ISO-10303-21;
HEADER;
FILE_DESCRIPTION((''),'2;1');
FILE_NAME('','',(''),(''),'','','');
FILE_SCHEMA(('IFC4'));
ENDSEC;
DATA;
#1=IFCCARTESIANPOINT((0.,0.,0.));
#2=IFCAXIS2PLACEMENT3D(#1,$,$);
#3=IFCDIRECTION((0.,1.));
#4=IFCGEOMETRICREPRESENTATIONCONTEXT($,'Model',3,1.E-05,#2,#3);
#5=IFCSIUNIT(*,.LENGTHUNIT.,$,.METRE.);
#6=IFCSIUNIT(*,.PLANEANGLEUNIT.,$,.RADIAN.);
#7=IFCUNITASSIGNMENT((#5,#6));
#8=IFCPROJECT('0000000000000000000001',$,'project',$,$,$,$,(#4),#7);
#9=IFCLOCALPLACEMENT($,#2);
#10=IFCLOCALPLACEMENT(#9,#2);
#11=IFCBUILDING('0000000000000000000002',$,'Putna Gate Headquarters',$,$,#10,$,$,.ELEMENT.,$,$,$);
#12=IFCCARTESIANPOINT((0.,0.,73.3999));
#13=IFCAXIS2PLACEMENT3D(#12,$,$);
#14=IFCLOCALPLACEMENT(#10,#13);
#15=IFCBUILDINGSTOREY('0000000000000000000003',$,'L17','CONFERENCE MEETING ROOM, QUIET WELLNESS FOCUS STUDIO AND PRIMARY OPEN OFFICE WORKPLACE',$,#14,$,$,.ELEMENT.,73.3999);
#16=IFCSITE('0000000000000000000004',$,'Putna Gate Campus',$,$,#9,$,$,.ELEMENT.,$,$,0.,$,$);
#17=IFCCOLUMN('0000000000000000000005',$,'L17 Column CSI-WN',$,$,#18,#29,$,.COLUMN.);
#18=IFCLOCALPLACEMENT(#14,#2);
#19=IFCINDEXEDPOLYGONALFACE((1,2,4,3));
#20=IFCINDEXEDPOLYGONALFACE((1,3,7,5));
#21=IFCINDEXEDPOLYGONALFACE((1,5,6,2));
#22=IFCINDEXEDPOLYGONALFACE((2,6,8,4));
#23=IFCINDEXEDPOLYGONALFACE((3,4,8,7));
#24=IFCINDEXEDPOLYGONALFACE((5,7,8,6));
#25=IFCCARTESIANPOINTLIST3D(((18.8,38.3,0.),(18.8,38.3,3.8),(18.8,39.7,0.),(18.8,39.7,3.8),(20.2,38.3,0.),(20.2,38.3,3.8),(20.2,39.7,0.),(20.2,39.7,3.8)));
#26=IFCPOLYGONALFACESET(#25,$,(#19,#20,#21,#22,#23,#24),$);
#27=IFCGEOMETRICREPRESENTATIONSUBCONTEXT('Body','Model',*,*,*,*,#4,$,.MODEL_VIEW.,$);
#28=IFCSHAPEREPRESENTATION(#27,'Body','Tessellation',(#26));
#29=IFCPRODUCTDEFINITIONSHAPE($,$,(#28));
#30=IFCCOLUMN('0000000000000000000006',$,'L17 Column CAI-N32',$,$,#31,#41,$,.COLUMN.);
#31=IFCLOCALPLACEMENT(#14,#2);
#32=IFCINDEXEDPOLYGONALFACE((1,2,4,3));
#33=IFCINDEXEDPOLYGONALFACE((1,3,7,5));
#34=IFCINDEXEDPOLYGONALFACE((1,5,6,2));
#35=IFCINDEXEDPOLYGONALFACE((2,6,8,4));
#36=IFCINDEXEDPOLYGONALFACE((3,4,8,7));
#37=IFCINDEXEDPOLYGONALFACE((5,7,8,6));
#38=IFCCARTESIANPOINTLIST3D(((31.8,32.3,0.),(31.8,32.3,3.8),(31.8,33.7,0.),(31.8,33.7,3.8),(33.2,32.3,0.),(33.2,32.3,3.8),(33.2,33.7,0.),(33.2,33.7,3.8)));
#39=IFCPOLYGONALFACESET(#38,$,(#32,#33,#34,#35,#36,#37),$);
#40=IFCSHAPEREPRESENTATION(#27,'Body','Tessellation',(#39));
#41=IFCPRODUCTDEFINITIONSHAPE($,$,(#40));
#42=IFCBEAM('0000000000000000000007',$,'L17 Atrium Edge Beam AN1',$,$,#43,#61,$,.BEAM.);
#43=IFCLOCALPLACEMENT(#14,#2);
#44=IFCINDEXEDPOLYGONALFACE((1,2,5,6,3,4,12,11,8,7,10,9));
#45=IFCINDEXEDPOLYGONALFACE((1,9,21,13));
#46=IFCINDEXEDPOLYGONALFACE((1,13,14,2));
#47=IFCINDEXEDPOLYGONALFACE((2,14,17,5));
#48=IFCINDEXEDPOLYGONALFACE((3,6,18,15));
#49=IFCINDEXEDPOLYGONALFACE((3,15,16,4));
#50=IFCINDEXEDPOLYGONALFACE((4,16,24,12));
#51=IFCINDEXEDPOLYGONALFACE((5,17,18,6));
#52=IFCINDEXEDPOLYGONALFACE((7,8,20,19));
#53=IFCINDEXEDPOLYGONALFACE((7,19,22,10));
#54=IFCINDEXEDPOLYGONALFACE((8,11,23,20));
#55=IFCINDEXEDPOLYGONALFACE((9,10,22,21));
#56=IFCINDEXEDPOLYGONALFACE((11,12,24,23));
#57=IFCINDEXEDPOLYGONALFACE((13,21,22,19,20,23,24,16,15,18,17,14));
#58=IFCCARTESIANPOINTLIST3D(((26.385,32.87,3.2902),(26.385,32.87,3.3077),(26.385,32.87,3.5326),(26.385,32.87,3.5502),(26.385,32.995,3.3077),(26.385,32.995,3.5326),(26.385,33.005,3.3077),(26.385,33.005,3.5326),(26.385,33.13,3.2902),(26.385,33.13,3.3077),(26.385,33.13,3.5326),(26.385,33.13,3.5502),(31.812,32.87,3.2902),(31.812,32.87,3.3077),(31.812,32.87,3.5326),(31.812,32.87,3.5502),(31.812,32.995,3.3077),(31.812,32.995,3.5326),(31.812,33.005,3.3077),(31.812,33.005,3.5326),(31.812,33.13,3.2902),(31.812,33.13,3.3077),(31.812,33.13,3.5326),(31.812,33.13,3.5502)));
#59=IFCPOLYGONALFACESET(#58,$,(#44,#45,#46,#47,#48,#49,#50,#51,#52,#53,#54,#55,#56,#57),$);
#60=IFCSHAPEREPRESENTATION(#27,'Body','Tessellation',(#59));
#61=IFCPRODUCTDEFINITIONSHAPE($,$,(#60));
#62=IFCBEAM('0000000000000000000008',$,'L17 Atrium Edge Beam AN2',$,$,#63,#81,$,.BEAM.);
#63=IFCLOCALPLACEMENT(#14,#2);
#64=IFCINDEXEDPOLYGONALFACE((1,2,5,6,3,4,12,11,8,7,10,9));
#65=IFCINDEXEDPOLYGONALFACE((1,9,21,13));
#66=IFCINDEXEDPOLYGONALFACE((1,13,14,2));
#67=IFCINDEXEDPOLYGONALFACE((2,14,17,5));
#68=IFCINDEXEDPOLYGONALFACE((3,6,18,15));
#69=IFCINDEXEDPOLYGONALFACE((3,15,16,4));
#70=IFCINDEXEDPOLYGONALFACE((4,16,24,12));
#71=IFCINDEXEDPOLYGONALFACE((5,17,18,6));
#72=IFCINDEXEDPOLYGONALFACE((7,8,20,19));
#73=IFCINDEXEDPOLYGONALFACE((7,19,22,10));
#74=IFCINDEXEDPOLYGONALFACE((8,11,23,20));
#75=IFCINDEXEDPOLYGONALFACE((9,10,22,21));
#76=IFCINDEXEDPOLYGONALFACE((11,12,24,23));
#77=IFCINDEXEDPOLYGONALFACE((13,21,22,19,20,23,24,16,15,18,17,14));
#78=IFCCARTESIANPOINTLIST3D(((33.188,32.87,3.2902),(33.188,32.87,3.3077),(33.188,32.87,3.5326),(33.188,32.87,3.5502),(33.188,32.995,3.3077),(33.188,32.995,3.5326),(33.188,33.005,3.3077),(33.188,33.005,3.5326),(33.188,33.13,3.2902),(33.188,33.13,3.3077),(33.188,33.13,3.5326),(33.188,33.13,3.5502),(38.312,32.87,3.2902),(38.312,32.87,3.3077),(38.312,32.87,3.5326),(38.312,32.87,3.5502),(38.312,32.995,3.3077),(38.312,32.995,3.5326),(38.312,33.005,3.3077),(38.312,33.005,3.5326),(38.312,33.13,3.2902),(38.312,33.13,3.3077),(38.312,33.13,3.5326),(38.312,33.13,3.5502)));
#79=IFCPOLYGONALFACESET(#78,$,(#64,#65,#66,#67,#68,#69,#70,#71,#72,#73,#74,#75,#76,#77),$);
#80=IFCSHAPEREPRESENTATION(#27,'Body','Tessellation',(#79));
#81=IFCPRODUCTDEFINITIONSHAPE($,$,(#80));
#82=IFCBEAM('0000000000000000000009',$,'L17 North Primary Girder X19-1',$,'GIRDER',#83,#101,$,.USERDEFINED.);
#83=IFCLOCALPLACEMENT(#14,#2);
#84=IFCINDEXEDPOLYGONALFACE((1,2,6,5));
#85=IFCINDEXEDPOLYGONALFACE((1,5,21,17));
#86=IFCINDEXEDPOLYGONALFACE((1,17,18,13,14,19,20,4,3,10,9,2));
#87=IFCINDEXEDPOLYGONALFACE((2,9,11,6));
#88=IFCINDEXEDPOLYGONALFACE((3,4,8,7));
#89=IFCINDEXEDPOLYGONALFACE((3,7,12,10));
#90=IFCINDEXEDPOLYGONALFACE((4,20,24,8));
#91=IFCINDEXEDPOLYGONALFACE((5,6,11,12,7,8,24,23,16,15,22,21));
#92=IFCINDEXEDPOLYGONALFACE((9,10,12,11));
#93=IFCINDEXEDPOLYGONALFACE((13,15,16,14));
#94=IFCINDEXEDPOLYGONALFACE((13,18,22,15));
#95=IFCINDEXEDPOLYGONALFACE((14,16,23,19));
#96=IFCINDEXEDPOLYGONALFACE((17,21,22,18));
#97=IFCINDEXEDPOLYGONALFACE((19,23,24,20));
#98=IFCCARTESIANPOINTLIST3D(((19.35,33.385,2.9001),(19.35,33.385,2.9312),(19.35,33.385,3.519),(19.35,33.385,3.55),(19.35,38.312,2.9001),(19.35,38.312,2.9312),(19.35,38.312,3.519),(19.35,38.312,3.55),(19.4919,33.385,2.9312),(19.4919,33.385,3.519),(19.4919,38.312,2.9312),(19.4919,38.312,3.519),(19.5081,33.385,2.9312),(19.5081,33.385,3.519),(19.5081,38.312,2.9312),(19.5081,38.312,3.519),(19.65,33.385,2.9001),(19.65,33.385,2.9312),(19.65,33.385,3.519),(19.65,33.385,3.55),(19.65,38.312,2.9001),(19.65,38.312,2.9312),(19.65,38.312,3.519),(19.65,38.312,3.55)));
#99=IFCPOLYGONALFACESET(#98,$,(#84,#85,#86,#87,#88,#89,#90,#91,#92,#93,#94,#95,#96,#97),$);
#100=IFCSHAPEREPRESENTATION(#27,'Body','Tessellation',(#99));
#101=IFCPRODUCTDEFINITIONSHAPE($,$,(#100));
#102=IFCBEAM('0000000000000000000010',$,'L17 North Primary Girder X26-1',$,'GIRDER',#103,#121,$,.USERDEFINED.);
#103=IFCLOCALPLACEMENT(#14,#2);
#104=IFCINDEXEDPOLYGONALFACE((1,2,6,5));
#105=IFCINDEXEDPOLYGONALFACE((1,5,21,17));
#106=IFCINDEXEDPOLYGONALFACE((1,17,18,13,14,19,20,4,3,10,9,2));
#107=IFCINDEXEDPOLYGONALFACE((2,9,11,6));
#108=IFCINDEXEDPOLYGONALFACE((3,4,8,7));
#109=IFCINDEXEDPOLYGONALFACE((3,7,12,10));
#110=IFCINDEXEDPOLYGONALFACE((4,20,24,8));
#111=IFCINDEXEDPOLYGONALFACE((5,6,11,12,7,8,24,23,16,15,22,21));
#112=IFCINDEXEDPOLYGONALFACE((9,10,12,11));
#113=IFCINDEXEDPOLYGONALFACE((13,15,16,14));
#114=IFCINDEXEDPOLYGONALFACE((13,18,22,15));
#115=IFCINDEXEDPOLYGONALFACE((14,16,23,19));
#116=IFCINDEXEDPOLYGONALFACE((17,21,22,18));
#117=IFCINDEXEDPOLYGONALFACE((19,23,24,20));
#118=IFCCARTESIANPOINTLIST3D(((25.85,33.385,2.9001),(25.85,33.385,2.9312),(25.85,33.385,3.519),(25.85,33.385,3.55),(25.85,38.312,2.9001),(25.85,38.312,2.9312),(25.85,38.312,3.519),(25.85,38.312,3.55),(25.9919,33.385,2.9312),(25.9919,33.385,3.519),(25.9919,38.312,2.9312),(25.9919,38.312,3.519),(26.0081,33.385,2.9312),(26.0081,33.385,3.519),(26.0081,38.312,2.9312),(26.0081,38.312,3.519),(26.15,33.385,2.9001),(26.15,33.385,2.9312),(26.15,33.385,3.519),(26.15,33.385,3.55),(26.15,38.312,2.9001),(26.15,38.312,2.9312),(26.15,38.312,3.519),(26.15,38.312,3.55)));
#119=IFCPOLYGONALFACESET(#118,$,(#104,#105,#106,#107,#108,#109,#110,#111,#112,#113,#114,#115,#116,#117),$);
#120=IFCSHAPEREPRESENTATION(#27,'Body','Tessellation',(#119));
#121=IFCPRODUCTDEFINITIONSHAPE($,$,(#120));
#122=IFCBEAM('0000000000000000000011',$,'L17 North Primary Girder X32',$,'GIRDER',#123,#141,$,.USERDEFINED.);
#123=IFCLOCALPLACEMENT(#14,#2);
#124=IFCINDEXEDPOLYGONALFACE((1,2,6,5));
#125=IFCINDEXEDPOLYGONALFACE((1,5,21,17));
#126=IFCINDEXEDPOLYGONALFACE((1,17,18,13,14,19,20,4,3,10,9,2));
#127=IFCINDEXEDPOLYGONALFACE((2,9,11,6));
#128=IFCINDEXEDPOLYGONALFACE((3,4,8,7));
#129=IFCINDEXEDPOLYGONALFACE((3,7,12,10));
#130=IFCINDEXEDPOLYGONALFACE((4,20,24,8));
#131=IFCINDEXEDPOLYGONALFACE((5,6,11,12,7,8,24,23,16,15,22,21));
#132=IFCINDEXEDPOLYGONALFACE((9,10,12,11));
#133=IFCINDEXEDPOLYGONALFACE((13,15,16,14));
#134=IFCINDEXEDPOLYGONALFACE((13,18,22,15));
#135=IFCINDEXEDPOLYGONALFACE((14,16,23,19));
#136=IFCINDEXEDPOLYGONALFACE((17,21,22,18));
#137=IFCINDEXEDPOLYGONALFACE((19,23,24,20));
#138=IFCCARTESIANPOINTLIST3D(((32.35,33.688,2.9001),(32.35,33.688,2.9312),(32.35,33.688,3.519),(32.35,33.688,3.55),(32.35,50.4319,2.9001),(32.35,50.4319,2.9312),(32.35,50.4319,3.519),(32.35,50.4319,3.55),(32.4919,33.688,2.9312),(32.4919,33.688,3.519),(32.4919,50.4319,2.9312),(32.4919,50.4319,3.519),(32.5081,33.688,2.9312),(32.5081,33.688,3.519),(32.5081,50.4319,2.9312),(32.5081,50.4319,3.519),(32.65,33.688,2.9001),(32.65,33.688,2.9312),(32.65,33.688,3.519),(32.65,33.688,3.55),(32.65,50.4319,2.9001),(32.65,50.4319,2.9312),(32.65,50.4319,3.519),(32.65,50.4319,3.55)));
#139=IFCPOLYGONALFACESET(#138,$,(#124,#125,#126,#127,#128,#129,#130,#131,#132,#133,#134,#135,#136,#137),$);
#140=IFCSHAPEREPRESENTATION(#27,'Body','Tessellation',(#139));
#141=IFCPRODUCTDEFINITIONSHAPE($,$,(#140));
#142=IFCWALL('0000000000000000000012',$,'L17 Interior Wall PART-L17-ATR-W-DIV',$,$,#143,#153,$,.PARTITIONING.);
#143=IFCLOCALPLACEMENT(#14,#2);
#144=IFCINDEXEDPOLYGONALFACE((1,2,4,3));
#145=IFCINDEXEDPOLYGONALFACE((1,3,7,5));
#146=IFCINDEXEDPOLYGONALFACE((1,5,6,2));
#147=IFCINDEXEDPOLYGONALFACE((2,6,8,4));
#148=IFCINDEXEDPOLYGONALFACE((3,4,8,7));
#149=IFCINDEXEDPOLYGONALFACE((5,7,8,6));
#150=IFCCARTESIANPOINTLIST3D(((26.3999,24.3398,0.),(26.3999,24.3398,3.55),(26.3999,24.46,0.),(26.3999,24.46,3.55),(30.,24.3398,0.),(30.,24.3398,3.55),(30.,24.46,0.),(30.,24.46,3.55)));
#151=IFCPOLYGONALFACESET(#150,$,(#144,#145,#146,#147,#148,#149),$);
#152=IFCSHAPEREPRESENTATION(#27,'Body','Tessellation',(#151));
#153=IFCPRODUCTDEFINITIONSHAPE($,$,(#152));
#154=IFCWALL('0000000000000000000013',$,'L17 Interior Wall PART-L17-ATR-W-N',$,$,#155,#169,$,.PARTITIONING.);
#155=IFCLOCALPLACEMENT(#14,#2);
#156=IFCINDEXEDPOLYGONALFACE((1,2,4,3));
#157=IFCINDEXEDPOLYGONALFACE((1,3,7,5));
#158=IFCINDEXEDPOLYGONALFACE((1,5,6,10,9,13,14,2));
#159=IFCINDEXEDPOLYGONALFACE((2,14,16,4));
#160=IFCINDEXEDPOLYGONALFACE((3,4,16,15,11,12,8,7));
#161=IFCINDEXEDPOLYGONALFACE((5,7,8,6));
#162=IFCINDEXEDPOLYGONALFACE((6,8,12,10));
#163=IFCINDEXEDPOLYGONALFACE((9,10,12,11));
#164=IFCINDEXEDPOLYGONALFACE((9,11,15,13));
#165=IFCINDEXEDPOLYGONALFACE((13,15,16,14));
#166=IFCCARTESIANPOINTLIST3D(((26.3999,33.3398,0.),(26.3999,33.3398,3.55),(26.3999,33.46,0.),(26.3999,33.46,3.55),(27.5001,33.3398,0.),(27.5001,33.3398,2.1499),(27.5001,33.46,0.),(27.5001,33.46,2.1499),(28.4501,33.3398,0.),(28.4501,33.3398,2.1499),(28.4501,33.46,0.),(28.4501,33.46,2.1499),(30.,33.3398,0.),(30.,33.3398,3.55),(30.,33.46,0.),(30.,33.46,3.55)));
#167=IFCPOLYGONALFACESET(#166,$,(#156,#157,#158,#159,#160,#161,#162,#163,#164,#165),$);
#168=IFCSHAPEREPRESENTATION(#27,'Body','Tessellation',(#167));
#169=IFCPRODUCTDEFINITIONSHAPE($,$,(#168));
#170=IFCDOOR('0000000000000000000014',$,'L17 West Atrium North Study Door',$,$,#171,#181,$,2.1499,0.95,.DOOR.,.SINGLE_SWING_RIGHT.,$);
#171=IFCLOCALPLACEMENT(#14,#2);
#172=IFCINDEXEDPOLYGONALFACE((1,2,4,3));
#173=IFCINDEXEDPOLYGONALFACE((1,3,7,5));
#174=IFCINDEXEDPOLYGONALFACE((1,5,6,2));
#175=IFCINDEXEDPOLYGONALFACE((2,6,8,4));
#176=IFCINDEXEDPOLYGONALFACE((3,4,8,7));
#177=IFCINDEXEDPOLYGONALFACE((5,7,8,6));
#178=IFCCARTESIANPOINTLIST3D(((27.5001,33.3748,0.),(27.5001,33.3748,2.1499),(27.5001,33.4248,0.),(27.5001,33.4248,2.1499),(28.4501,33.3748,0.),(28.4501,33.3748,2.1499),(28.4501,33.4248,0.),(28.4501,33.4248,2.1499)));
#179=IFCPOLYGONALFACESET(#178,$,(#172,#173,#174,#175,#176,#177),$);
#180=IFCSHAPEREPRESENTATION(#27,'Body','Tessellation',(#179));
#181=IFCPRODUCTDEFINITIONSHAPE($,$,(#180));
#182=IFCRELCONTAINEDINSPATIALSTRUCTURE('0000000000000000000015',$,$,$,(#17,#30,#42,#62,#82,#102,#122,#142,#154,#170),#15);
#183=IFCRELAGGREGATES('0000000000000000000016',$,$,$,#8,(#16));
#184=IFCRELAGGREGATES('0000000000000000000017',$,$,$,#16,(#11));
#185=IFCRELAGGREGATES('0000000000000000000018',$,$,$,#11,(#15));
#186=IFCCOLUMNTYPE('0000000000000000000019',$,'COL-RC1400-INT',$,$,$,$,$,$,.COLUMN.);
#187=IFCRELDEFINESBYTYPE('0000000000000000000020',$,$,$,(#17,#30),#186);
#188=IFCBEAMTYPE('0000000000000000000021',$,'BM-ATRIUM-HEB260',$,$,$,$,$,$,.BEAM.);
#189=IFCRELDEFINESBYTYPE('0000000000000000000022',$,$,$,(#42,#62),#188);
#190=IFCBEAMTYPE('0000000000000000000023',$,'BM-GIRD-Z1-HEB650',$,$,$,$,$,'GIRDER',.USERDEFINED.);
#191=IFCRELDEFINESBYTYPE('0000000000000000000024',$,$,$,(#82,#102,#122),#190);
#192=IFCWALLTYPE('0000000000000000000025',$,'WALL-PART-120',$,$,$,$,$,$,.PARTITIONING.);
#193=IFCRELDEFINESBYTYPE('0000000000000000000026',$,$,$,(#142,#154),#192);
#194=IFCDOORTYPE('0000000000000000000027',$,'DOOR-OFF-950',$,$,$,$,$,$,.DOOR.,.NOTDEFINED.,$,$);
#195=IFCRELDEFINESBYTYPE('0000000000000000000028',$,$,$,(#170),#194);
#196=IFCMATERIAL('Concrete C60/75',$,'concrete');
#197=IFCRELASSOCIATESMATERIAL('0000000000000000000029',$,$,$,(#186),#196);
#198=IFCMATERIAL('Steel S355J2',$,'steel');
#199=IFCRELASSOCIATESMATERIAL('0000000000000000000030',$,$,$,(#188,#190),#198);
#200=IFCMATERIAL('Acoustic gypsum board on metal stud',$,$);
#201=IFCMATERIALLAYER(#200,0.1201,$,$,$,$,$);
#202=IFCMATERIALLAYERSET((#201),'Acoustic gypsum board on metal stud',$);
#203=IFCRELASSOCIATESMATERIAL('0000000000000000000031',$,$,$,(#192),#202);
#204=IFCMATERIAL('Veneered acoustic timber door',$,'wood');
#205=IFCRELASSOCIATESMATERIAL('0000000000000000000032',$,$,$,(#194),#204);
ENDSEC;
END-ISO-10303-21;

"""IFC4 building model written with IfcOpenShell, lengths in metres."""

from ifc_helpers import new_model, si_unit, direction, frame, frame_2d, origin, origin_2d, place, context, subcontext, project, spatial, rectangle, i_section, extrude, material, layer, layer_set, material_profile, profile_set, type_object, element, fill, save


model = new_model("IFC4")

# Units and contexts
model_context = context("Model", 3, precision=1e-05, world=origin(), true_north=direction((0.0, 1.0)))
body_context = subcontext(model_context, "Body", "Model", "MODEL_VIEW")
ifc_project = project(units=[si_unit("LENGTHUNIT", "METRE"), si_unit("PLANEANGLEUNIT", "RADIAN")], contexts=[model_context])

# Site, building, storey
site_placement = place(None, origin())
site = spatial("IfcSite", under=ifc_project, at=site_placement, Name="Putna Gate Campus", CompositionType="ELEMENT", RefElevation=0.0)
building_placement = place(site_placement, origin())
building = spatial("IfcBuilding", under=site, at=building_placement, Name="Putna Gate Headquarters", CompositionType="ELEMENT")
storey_placement = place(building_placement, frame((0.0, 0.0, 73.3999)))
storey = spatial("IfcBuildingStorey", under=building, at=storey_placement, Name="L17", Description="CONFERENCE MEETING ROOM, QUIET WELLNESS FOCUS STUDIO AND PRIMARY OPEN OFFICE WORKPLACE", CompositionType="ELEMENT", Elevation=73.3999)

# Columns
ifc_material_1 = material(Name="Concrete C60/75", Category="concrete")
ifc_material_profile_1 = material_profile(ifc_material_1, rectangle(XDim=1.3999, YDim=1.3999, at=origin_2d()), Name="Concrete C60/75")
ifc_profile_set_1 = profile_set([ifc_material_profile_1], Name="Concrete C60/75")
column_type = type_object("IfcColumnType", Name="COL-RC1400-INT", PredefinedType="COLUMN", material=ifc_profile_set_1)
for number, where, z_axis, x_axis, name in (
    (1, (19.5, 39.0, 0.0), (0.0, 0.0, 1.0), (1.0, 0.0, 0.0), "L17 Column CSI-WN"),
    (2, (32.5, 33.0, 0.0), (0.0, 0.0, 1.0), (1.0, 0.0, 0.0), "L17 Column CAI-N32"),
):
    element("IfcColumn", number, at=place(storey_placement, frame(where, z_axis=z_axis, x_axis=x_axis)), inside=storey, type_object=column_type, Name=name, PredefinedType="COLUMN", context=body_context, shape_type="SweptSolid", body=[
        extrude(rectangle(XDim=1.3999, YDim=1.3999, at=origin_2d()), origin(), (0.0, 0.0, 1.0), 3.8),
    ])

# Beams
ifc_material_2 = material(Name="Steel S355J2", Category="steel")
ifc_material_profile_2 = material_profile(ifc_material_2, i_section(OverallWidth=0.26, OverallDepth=0.26, WebThickness=0.01, FlangeThickness=0.0176, at=origin_2d()), Name="Steel S355J2")
ifc_profile_set_2 = profile_set([ifc_material_profile_2], Name="Steel S355J2")
beam_type_1 = type_object("IfcBeamType", Name="BM-ATRIUM-HEB260", PredefinedType="BEAM", material=ifc_profile_set_2)
beam_1_placement = place(storey_placement, frame((26.385, 33.0, 3.4202), z_axis=(1.0, 0.0, 0.0), x_axis=(0.0, 1.0, 0.0)))
element("IfcBeam", 3, at=beam_1_placement, inside=storey, type_object=beam_type_1, Name="L17 Atrium Edge Beam AN1", PredefinedType="BEAM", context=body_context, shape_type="SweptSolid", body=[
    extrude(i_section(OverallWidth=0.26, OverallDepth=0.26, WebThickness=0.01, FlangeThickness=0.0176, at=origin_2d()), origin(), (0.0, 0.0, 1.0), 5.427),
])
beam_2_placement = place(storey_placement, frame((33.188, 33.0, 3.4202), z_axis=(1.0, 0.0, 0.0), x_axis=(0.0, 1.0, 0.0)))
element("IfcBeam", 4, at=beam_2_placement, inside=storey, type_object=beam_type_1, Name="L17 Atrium Edge Beam AN2", PredefinedType="BEAM", context=body_context, shape_type="SweptSolid", body=[
    extrude(i_section(OverallWidth=0.26, OverallDepth=0.26, WebThickness=0.01, FlangeThickness=0.0176, at=origin_2d()), origin(), (0.0, 0.0, 1.0), 5.124),
])
ifc_material_profile_3 = material_profile(ifc_material_2, i_section(OverallWidth=0.3, OverallDepth=0.6499, WebThickness=0.0161, FlangeThickness=0.031, at=origin_2d()), Name="Steel S355J2")
ifc_profile_set_3 = profile_set([ifc_material_profile_3], Name="Steel S355J2")
beam_type_2 = type_object("IfcBeamType", Name="BM-GIRD-Z1-HEB650", ElementType="GIRDER", PredefinedType="USERDEFINED", material=ifc_profile_set_3)
for number, where, z_axis, x_axis, name in (
    (5, (19.5, 33.385, 3.2251), (0.0, 1.0, 0.0), (-1.0, 0.0, 0.0), "L17 North Primary Girder X19-1"),
    (6, (26.0, 33.385, 3.2251), (0.0, 1.0, 0.0), (-1.0, 0.0, 0.0), "L17 North Primary Girder X26-1"),
):
    element("IfcBeam", number, at=place(storey_placement, frame(where, z_axis=z_axis, x_axis=x_axis)), inside=storey, type_object=beam_type_2, Name=name, ObjectType="GIRDER", PredefinedType="USERDEFINED", context=body_context, shape_type="SweptSolid", body=[
        extrude(i_section(OverallWidth=0.3, OverallDepth=0.6499, WebThickness=0.0161, FlangeThickness=0.031, at=origin_2d()), origin(), (0.0, 0.0, 1.0), 4.927),
    ])
beam_3_placement = place(storey_placement, frame((32.5, 33.688, 3.2251), z_axis=(0.0, 1.0, 0.0), x_axis=(-1.0, 0.0, 0.0)))
element("IfcBeam", 7, at=beam_3_placement, inside=storey, type_object=beam_type_2, Name="L17 North Primary Girder X32", ObjectType="GIRDER", PredefinedType="USERDEFINED", context=body_context, shape_type="SweptSolid", body=[
    extrude(i_section(OverallWidth=0.3, OverallDepth=0.6499, WebThickness=0.0161, FlangeThickness=0.031, at=origin_2d()), origin(), (0.0, 0.0, 1.0), 16.7439),
])

# Wall
ifc_material_3 = material(Name="Acoustic gypsum board on metal stud")
ifc_layer_1 = layer(ifc_material_3, 0.1201)
ifc_layer_set_1 = layer_set([ifc_layer_1], Name="Acoustic gypsum board on metal stud")
wall_type_1 = type_object("IfcWallType", Name="WALL-PART-120", PredefinedType="PARTITIONING", material=ifc_layer_set_1)
wall_1_placement = place(storey_placement, frame((26.3999, 24.3999, 0.0), z_axis=(0.0, 0.0, 1.0), x_axis=(1.0, 0.0, 0.0)))
element("IfcWall", 8, at=wall_1_placement, inside=storey, type_object=wall_type_1, Name="L17 Interior Wall PART-L17-ATR-W-DIV", PredefinedType="PARTITIONING", context=body_context, shape_type="SweptSolid", body=[
    extrude(rectangle(XDim=3.6001, YDim=0.1201, at=frame_2d((1.8, 0.0))), origin(), (0.0, 0.0, 1.0), 3.55),
])

# Wall, opening, door
wall_2_placement = place(storey_placement, frame((26.3999, 33.3999, 0.0), z_axis=(0.0, 0.0, 1.0), x_axis=(1.0, 0.0, 0.0)))
wall_2 = element("IfcWall", 9, at=wall_2_placement, inside=storey, type_object=wall_type_1, Name="L17 Interior Wall PART-L17-ATR-W-N", PredefinedType="PARTITIONING", context=body_context, shape_type="SweptSolid", body=[
    extrude(rectangle(XDim=3.6001, YDim=0.1201, at=frame_2d((1.8, 0.0))), origin(), (0.0, 0.0, 1.0), 3.55),
])
opening_1_placement = place(wall_2_placement, frame((1.1001, 0.0, 0.0)))
opening_1 = element("IfcOpeningElement", 10, at=opening_1_placement, cuts=wall_2, PredefinedType="OPENING", context=body_context, shape_type="SweptSolid", body=[
    extrude(rectangle(XDim=0.95, YDim=2.1499, at=frame_2d((0.4751, 1.075))), frame((0.0, 0.0701, 0.0), z_axis=(0.0, -1.0, 0.0), x_axis=(1.0, 0.0, 0.0)), (0.0, 0.0, 1.0), 0.1401),
])
ifc_material_4 = material(Name="Veneered acoustic timber door", Category="wood")
door_type_1 = type_object("IfcDoorType", Name="DOOR-OFF-950", OperationType="NOTDEFINED", PredefinedType="DOOR", material=ifc_material_4)
door_1_placement = place(opening_1_placement, origin())
door_1 = element("IfcDoor", 11, at=door_1_placement, inside=storey, type_object=door_type_1, Name="L17 West Atrium North Study Door", OperationType="SINGLE_SWING_RIGHT", OverallHeight=2.1499, OverallWidth=0.95, PredefinedType="DOOR", context=body_context, shape_type="SweptSolid", body=[
    extrude(rectangle(XDim=0.95, YDim=2.1499, at=frame_2d((0.4751, 1.075))), frame((0.0, 0.0249, 0.0), z_axis=(0.0, -1.0, 0.0), x_axis=(1.0, 0.0, 0.0)), (0.0, 0.0, 1.0), 0.05),
])
fill(opening_1, door_1)

save(model, "model.ifc")
